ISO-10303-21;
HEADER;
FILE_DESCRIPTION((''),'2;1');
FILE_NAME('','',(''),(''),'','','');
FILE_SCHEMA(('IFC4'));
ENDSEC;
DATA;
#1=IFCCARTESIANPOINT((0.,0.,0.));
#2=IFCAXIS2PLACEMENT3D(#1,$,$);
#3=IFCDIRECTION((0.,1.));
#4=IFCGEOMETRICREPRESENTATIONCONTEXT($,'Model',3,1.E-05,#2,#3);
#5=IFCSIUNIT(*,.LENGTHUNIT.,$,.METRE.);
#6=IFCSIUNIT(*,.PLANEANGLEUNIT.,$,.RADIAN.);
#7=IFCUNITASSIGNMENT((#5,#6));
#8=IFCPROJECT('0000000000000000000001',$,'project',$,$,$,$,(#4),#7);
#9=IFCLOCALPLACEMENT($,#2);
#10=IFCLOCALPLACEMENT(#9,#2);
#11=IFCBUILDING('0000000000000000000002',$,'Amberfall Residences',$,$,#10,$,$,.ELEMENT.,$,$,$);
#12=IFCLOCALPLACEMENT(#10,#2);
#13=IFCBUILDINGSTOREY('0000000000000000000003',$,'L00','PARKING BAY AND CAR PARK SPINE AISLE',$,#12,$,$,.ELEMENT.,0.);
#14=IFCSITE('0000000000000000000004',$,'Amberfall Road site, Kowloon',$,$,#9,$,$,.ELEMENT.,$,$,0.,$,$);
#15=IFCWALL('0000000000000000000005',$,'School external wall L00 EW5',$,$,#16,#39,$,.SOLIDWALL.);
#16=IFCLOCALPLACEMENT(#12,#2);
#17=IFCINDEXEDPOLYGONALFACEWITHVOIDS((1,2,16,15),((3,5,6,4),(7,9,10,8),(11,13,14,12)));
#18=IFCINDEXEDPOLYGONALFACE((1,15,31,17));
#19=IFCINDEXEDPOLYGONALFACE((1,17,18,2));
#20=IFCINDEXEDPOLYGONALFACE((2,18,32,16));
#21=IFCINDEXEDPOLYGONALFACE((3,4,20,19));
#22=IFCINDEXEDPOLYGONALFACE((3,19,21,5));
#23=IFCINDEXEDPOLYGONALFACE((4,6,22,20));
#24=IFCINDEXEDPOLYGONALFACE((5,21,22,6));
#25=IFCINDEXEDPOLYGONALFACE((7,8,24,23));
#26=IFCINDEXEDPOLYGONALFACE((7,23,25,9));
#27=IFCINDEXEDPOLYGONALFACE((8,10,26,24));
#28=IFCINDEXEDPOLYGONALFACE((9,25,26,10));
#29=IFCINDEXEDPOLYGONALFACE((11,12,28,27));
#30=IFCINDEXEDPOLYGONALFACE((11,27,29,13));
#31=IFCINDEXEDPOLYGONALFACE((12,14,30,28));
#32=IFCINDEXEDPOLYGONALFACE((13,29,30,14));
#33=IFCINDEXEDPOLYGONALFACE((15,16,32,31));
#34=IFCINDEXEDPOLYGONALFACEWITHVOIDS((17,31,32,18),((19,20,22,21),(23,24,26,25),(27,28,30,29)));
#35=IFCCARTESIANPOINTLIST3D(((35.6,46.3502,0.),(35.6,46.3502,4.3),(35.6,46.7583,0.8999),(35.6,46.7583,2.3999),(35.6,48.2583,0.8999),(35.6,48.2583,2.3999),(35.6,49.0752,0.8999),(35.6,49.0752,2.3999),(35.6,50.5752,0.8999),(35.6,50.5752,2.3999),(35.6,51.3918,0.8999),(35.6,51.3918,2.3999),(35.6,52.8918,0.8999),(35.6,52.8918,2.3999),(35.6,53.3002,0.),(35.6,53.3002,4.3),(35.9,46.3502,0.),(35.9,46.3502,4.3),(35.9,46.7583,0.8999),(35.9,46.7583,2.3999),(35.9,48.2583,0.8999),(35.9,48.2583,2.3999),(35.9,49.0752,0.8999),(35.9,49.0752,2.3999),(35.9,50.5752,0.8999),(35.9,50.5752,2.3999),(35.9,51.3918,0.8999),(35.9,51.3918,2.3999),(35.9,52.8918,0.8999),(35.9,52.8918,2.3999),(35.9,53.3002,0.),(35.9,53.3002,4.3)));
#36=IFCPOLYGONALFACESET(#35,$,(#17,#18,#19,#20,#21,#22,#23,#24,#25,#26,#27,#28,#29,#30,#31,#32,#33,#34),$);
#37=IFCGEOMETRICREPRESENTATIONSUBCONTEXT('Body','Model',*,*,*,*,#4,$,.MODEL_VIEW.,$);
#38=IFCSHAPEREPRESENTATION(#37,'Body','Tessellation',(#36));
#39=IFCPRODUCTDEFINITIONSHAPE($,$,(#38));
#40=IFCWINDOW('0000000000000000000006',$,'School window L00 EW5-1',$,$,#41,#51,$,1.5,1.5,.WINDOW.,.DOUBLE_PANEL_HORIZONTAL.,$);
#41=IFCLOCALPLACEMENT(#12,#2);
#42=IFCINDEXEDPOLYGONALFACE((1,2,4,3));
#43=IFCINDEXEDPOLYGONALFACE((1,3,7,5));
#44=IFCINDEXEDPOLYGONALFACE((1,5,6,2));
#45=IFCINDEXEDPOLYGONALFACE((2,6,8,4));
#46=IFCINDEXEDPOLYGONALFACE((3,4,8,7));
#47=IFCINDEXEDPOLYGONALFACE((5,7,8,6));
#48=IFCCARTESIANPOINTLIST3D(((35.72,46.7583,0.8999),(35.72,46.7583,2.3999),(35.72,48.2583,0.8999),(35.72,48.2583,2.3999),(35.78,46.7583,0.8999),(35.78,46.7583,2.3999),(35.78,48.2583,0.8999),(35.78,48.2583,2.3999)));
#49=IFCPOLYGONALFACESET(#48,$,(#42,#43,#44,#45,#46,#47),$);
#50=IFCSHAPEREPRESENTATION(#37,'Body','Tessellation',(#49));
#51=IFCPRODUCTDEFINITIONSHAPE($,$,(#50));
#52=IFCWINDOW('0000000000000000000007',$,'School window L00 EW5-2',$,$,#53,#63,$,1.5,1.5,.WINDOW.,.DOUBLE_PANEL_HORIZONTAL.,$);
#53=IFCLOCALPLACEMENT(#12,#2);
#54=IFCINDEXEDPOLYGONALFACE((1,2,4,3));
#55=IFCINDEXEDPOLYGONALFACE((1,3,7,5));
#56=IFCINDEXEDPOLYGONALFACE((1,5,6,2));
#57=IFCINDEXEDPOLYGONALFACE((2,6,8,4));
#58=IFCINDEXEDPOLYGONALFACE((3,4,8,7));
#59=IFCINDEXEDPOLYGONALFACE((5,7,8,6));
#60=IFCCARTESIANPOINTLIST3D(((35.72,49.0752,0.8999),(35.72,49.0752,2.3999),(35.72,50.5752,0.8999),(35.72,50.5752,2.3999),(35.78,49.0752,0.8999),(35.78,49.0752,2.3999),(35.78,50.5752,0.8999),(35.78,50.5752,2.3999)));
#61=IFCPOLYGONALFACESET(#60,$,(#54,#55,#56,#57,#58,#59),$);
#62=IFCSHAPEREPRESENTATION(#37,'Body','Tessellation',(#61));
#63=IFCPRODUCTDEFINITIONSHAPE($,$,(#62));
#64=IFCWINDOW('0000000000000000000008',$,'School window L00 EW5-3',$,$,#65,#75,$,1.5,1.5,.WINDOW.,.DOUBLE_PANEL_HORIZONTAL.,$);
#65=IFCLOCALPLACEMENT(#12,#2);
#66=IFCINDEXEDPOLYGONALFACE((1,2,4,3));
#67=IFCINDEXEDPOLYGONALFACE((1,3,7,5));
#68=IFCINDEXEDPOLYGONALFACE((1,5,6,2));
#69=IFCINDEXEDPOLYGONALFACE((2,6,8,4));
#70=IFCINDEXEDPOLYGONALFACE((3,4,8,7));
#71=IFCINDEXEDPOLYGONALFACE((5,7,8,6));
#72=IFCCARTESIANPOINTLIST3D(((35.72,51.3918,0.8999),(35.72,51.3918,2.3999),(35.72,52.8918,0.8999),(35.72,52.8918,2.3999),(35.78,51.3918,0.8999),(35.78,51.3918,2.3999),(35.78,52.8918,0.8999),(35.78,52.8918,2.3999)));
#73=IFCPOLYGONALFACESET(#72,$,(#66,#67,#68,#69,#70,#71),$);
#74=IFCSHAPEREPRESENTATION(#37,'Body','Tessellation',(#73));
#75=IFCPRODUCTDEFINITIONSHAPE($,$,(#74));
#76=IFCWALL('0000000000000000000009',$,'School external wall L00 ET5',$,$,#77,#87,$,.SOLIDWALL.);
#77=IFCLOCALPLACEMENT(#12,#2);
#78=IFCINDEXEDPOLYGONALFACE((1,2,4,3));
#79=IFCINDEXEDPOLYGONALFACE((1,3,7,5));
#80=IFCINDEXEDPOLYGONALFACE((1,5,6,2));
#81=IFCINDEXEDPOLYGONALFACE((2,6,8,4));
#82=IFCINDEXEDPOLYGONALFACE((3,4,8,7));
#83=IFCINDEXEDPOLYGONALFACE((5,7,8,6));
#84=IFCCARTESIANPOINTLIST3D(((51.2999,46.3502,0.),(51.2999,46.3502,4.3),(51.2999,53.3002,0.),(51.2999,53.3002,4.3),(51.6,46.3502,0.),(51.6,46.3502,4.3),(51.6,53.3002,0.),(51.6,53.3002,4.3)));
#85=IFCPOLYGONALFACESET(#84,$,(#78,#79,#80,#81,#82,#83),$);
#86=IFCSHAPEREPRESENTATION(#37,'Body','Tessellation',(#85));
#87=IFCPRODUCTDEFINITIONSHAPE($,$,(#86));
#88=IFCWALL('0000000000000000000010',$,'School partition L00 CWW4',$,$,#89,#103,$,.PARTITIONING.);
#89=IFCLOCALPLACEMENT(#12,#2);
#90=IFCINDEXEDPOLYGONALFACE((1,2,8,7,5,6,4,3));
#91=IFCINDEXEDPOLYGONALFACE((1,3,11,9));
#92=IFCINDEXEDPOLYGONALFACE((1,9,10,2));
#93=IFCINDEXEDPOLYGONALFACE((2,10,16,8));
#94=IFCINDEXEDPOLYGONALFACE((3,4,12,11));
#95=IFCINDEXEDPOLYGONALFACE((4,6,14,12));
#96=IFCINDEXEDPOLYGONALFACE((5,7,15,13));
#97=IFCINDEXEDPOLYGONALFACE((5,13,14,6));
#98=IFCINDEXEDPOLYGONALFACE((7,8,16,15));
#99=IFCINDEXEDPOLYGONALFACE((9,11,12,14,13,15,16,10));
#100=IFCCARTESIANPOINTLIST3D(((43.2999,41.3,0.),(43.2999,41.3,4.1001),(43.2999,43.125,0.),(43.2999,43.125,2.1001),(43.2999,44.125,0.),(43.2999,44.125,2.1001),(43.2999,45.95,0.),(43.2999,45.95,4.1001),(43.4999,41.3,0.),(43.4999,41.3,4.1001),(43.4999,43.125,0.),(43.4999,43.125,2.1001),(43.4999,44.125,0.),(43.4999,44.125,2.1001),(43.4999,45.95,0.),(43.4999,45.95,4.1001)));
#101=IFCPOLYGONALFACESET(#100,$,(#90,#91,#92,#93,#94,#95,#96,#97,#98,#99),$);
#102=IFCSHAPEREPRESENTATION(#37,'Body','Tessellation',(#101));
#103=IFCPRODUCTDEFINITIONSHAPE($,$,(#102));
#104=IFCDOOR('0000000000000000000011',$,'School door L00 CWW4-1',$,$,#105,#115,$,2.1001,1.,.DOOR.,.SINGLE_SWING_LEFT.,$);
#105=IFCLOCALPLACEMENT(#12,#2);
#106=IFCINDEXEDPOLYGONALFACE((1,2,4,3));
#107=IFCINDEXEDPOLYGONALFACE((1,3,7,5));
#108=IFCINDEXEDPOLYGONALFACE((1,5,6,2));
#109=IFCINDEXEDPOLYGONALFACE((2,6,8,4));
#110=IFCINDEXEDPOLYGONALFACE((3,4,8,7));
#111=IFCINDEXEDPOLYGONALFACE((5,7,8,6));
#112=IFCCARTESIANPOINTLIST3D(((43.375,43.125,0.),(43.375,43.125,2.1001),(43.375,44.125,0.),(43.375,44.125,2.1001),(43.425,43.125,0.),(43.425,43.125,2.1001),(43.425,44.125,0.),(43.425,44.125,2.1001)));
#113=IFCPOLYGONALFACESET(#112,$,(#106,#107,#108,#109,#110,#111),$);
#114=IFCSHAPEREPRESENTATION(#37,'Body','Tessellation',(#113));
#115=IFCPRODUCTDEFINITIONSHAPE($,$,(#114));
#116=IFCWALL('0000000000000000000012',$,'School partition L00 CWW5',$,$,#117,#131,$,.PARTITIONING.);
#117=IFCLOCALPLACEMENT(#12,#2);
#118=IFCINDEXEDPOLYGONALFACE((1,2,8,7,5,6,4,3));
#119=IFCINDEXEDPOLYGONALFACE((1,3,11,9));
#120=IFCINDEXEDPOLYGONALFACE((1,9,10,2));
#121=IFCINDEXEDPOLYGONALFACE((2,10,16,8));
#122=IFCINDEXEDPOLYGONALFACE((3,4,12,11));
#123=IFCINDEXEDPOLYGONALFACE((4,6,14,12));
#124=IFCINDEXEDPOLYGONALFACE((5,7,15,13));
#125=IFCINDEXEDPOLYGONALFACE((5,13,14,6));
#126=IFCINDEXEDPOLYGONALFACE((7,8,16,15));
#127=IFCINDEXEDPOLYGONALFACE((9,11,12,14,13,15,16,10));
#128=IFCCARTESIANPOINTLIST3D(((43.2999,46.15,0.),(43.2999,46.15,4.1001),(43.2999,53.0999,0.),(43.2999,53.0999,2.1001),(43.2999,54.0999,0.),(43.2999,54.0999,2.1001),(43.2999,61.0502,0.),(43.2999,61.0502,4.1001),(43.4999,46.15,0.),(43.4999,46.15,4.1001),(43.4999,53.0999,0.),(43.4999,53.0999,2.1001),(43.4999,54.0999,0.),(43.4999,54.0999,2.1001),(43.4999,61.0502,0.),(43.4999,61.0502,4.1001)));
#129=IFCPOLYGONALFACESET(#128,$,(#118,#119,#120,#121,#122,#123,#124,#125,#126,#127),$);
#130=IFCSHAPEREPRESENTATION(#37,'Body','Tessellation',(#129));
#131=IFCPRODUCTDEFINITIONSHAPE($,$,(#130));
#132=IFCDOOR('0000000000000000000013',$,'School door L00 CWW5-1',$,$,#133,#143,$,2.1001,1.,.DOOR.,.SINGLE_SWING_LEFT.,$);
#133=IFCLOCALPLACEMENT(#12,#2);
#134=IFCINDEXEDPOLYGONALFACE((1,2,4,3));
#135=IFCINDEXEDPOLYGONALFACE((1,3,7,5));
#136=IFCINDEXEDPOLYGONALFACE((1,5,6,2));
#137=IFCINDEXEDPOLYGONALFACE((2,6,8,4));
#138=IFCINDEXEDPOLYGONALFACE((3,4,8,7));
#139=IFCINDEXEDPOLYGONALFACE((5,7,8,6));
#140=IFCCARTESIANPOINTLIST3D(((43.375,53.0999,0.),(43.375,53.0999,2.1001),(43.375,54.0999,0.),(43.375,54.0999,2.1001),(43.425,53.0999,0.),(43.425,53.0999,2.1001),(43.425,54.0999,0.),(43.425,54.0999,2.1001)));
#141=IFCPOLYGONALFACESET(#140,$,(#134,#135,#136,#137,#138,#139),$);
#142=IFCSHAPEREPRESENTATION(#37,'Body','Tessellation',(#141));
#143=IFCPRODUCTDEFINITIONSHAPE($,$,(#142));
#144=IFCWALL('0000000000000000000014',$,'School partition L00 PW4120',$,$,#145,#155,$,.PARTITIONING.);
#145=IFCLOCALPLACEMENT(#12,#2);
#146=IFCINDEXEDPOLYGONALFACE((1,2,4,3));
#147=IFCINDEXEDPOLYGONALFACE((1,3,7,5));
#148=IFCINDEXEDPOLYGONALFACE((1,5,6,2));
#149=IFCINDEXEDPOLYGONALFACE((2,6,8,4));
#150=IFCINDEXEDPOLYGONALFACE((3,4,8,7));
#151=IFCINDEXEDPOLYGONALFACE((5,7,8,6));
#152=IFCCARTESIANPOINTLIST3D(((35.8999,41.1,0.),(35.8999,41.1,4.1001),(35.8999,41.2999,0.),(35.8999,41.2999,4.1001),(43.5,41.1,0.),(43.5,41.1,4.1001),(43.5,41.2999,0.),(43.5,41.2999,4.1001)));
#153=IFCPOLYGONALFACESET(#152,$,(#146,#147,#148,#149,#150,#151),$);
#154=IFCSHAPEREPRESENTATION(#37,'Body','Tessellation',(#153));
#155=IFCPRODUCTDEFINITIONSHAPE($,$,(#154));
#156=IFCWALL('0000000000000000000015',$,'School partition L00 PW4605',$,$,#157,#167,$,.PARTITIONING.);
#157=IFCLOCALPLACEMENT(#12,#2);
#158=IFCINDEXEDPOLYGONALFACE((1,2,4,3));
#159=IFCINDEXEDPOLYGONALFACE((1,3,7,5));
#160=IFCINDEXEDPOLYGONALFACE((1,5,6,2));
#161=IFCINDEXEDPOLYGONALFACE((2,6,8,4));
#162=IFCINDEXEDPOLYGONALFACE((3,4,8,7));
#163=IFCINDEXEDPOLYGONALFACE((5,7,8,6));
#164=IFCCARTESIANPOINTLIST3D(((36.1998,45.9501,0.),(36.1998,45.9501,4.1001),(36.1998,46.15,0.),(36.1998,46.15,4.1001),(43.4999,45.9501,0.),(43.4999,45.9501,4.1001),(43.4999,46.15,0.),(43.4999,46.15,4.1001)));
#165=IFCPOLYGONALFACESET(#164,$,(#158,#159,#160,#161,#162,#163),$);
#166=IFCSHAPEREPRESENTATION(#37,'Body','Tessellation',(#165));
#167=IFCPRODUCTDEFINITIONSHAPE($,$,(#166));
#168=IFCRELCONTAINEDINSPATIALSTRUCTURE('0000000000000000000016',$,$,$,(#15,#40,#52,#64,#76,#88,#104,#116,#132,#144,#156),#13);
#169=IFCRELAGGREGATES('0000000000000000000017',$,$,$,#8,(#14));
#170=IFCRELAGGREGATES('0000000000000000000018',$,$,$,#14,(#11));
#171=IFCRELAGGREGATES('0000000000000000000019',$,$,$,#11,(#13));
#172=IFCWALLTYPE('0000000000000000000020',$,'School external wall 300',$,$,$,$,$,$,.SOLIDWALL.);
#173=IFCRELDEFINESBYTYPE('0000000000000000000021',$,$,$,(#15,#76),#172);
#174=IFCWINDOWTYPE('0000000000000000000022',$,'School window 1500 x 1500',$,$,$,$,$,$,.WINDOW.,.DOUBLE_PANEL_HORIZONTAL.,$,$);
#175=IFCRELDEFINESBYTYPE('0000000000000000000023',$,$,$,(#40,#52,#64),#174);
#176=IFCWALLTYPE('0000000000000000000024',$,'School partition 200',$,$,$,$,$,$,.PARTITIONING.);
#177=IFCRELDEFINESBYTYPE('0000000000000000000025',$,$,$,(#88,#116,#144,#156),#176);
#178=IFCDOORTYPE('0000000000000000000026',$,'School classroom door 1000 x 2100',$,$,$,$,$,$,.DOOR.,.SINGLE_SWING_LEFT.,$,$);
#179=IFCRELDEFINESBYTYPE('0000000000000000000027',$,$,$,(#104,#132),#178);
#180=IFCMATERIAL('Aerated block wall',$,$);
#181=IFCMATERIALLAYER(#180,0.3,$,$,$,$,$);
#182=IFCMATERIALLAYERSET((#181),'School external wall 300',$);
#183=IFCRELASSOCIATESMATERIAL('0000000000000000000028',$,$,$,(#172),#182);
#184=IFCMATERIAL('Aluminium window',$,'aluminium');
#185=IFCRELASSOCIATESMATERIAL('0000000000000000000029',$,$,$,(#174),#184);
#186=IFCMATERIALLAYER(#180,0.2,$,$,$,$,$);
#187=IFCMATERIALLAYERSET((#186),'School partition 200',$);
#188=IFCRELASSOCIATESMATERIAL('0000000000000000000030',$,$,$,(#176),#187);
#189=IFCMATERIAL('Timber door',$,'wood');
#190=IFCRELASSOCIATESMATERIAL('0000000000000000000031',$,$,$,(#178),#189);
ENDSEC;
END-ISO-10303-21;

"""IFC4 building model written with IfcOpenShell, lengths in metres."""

from ifc_helpers import new_model, si_unit, direction, frame, frame_2d, origin, place, context, subcontext, project, spatial, rectangle, extrude, material, layer, layer_set, type_object, element, fill, save


model = new_model("IFC4")

# Units and contexts
model_context = context("Model", 3, precision=1e-05, world=origin(), true_north=direction((0.0, 1.0)))
body_context = subcontext(model_context, "Body", "Model", "MODEL_VIEW")
ifc_project = project(units=[si_unit("LENGTHUNIT", "METRE"), si_unit("PLANEANGLEUNIT", "RADIAN")], contexts=[model_context])

# Site, building, storey
site_placement = place(None, origin())
site = spatial("IfcSite", under=ifc_project, at=site_placement, Name="Amberfall Road site, Kowloon", CompositionType="ELEMENT", RefElevation=0.0)
building_placement = place(site_placement, origin())
building = spatial("IfcBuilding", under=site, at=building_placement, Name="Amberfall Residences", CompositionType="ELEMENT")
storey_placement = place(building_placement, origin())
storey = spatial("IfcBuildingStorey", under=building, at=storey_placement, Name="L00", Description="PARKING BAY AND CAR PARK SPINE AISLE", CompositionType="ELEMENT", Elevation=0.0)

# Wall, openings, windows
ifc_material_1 = material(Name="Aerated block wall")
ifc_layer_1 = layer(ifc_material_1, 0.3)
ifc_layer_set_1 = layer_set([ifc_layer_1], Name="School external wall 300")
wall_type_1 = type_object("IfcWallType", Name="School external wall 300", PredefinedType="SOLIDWALL", material=ifc_layer_set_1)
wall_1_placement = place(storey_placement, frame((35.75, 46.3501, 0.0), z_axis=(0.0, 0.0, 1.0), x_axis=(0.0, 1.0, 0.0)))
wall_1 = element("IfcWall", 1, at=wall_1_placement, inside=storey, type_object=wall_type_1, Name="School external wall L00 EW5", PredefinedType="SOLIDWALL", context=body_context, shape_type="SweptSolid", body=[
    extrude(rectangle(XDim=6.95, YDim=0.3, at=frame_2d((3.4751, 0.0))), origin(), (0.0, 0.0, 1.0), 4.3),
])
opening_1_placement = place(wall_1_placement, frame((0.4082, 0.0, 0.8999)))
opening_1 = element("IfcOpeningElement", 2, at=opening_1_placement, cuts=wall_1, PredefinedType="OPENING", context=body_context, shape_type="SweptSolid", body=[
    extrude(rectangle(XDim=1.5, YDim=1.5, at=frame_2d((0.75, 0.75))), frame((0.0, 0.1599, 0.0), z_axis=(0.0, -1.0, 0.0), x_axis=(1.0, 0.0, 0.0)), (0.0, 0.0, 1.0), 0.3201),
])
opening_2_placement = place(wall_1_placement, frame((2.7251, 0.0, 0.8999)))
opening_2 = element("IfcOpeningElement", 3, at=opening_2_placement, cuts=wall_1, PredefinedType="OPENING", context=body_context, shape_type="SweptSolid", body=[
    extrude(rectangle(XDim=1.5, YDim=1.5, at=frame_2d((0.75, 0.75))), frame((0.0, 0.1599, 0.0), z_axis=(0.0, -1.0, 0.0), x_axis=(1.0, 0.0, 0.0)), (0.0, 0.0, 1.0), 0.3201),
])
opening_3_placement = place(wall_1_placement, frame((5.0417, 0.0, 0.8999)))
opening_3 = element("IfcOpeningElement", 4, at=opening_3_placement, cuts=wall_1, PredefinedType="OPENING", context=body_context, shape_type="SweptSolid", body=[
    extrude(rectangle(XDim=1.5, YDim=1.5, at=frame_2d((0.75, 0.75))), frame((0.0, 0.1599, 0.0), z_axis=(0.0, -1.0, 0.0), x_axis=(1.0, 0.0, 0.0)), (0.0, 0.0, 1.0), 0.3201),
])
ifc_material_2 = material(Name="Aluminium window", Category="aluminium")
window_type = type_object("IfcWindowType", Name="School window 1500 x 1500", PartitioningType="DOUBLE_PANEL_HORIZONTAL", PredefinedType="WINDOW", material=ifc_material_2)
window_1_placement = place(opening_1_placement, origin())
window_1 = element("IfcWindow", 5, at=window_1_placement, inside=storey, type_object=window_type, Name="School window L00 EW5-1", OverallHeight=1.5, OverallWidth=1.5, PartitioningType="DOUBLE_PANEL_HORIZONTAL", PredefinedType="WINDOW", context=body_context, shape_type="SweptSolid", body=[
    extrude(rectangle(XDim=1.5, YDim=1.5, at=frame_2d((0.75, 0.75))), frame((0.0, 0.03, 0.0), z_axis=(0.0, -1.0, 0.0), x_axis=(1.0, 0.0, 0.0)), (0.0, 0.0, 1.0), 0.0601),
])
fill(opening_1, window_1)
window_2_placement = place(opening_2_placement, origin())
window_2 = element("IfcWindow", 6, at=window_2_placement, inside=storey, type_object=window_type, Name="School window L00 EW5-2", OverallHeight=1.5, OverallWidth=1.5, PartitioningType="DOUBLE_PANEL_HORIZONTAL", PredefinedType="WINDOW", context=body_context, shape_type="SweptSolid", body=[
    extrude(rectangle(XDim=1.5, YDim=1.5, at=frame_2d((0.75, 0.75))), frame((0.0, 0.03, 0.0), z_axis=(0.0, -1.0, 0.0), x_axis=(1.0, 0.0, 0.0)), (0.0, 0.0, 1.0), 0.0601),
])
fill(opening_2, window_2)
window_3_placement = place(opening_3_placement, origin())
window_3 = element("IfcWindow", 7, at=window_3_placement, inside=storey, type_object=window_type, Name="School window L00 EW5-3", OverallHeight=1.5, OverallWidth=1.5, PartitioningType="DOUBLE_PANEL_HORIZONTAL", PredefinedType="WINDOW", context=body_context, shape_type="SweptSolid", body=[
    extrude(rectangle(XDim=1.5, YDim=1.5, at=frame_2d((0.75, 0.75))), frame((0.0, 0.03, 0.0), z_axis=(0.0, -1.0, 0.0), x_axis=(1.0, 0.0, 0.0)), (0.0, 0.0, 1.0), 0.0601),
])
fill(opening_3, window_3)

# Wall
wall_2_placement = place(storey_placement, frame((51.45, 46.3501, 0.0), z_axis=(0.0, 0.0, 1.0), x_axis=(0.0, 1.0, 0.0)))
element("IfcWall", 8, at=wall_2_placement, inside=storey, type_object=wall_type_1, Name="School external wall L00 ET5", PredefinedType="SOLIDWALL", context=body_context, shape_type="SweptSolid", body=[
    extrude(rectangle(XDim=6.95, YDim=0.3, at=frame_2d((3.4751, 0.0))), origin(), (0.0, 0.0, 1.0), 4.3),
])

# Walls, openings, doors
ifc_layer_2 = layer(ifc_material_1, 0.2)
ifc_layer_set_2 = layer_set([ifc_layer_2], Name="School partition 200")
wall_type_2 = type_object("IfcWallType", Name="School partition 200", PredefinedType="PARTITIONING", material=ifc_layer_set_2)
wall_3_placement = place(storey_placement, frame((43.3999, 41.3, 0.0), z_axis=(0.0, 0.0, 1.0), x_axis=(0.0, 1.0, 0.0)))
wall_3 = element("IfcWall", 9, at=wall_3_placement, inside=storey, type_object=wall_type_2, Name="School partition L00 CWW4", PredefinedType="PARTITIONING", context=body_context, shape_type="SweptSolid", body=[
    extrude(rectangle(XDim=4.6499, YDim=0.2, at=frame_2d((2.325, 0.0))), origin(), (0.0, 0.0, 1.0), 4.1001),
])
opening_4_placement = place(wall_3_placement, frame((1.825, 0.0, 0.0)))
opening_4 = element("IfcOpeningElement", 10, at=opening_4_placement, cuts=wall_3, PredefinedType="OPENING", context=body_context, shape_type="SweptSolid", body=[
    extrude(rectangle(XDim=1.0, YDim=2.1001, at=frame_2d((0.5, 1.05))), frame((0.0, 0.1099, 0.0), z_axis=(0.0, -1.0, 0.0), x_axis=(1.0, 0.0, 0.0)), (0.0, 0.0, 1.0), 0.22),
])
ifc_material_3 = material(Name="Timber door", Category="wood")
door_type_1 = type_object("IfcDoorType", Name="School classroom door 1000 x 2100", OperationType="SINGLE_SWING_LEFT", PredefinedType="DOOR", material=ifc_material_3)
door_1_placement = place(opening_4_placement, origin())
door_1 = element("IfcDoor", 11, at=door_1_placement, inside=storey, type_object=door_type_1, Name="School door L00 CWW4-1", OperationType="SINGLE_SWING_LEFT", OverallHeight=2.1001, OverallWidth=1.0, PredefinedType="DOOR", context=body_context, shape_type="SweptSolid", body=[
    extrude(rectangle(XDim=1.0, YDim=2.1001, at=frame_2d((0.5, 1.05))), frame((0.0, 0.0249, 0.0), z_axis=(0.0, -1.0, 0.0), x_axis=(1.0, 0.0, 0.0)), (0.0, 0.0, 1.0), 0.05),
])
fill(opening_4, door_1)
wall_4_placement = place(storey_placement, frame((43.3999, 46.1499, 0.0), z_axis=(0.0, 0.0, 1.0), x_axis=(0.0, 1.0, 0.0)))
wall_4 = element("IfcWall", 12, at=wall_4_placement, inside=storey, type_object=wall_type_2, Name="School partition L00 CWW5", PredefinedType="PARTITIONING", context=body_context, shape_type="SweptSolid", body=[
    extrude(rectangle(XDim=14.9001, YDim=0.2, at=frame_2d((7.4502, 0.0))), origin(), (0.0, 0.0, 1.0), 4.1001),
])
opening_5_placement = place(wall_4_placement, frame((6.95, 0.0, 0.0)))
opening_5 = element("IfcOpeningElement", 13, at=opening_5_placement, cuts=wall_4, PredefinedType="OPENING", context=body_context, shape_type="SweptSolid", body=[
    extrude(rectangle(XDim=1.0, YDim=2.1001, at=frame_2d((0.5, 1.05))), frame((0.0, 0.1099, 0.0), z_axis=(0.0, -1.0, 0.0), x_axis=(1.0, 0.0, 0.0)), (0.0, 0.0, 1.0), 0.22),
])
door_2_placement = place(opening_5_placement, origin())
door_2 = element("IfcDoor", 14, at=door_2_placement, inside=storey, type_object=door_type_1, Name="School door L00 CWW5-1", OperationType="SINGLE_SWING_LEFT", OverallHeight=2.1001, OverallWidth=1.0, PredefinedType="DOOR", context=body_context, shape_type="SweptSolid", body=[
    extrude(rectangle(XDim=1.0, YDim=2.1001, at=frame_2d((0.5, 1.05))), frame((0.0, 0.0249, 0.0), z_axis=(0.0, -1.0, 0.0), x_axis=(1.0, 0.0, 0.0)), (0.0, 0.0, 1.0), 0.05),
])
fill(opening_5, door_2)

# Walls
wall_5_placement = place(storey_placement, frame((35.8999, 41.2, 0.0), z_axis=(0.0, 0.0, 1.0), x_axis=(1.0, 0.0, 0.0)))
element("IfcWall", 15, at=wall_5_placement, inside=storey, type_object=wall_type_2, Name="School partition L00 PW4120", PredefinedType="PARTITIONING", context=body_context, shape_type="SweptSolid", body=[
    extrude(rectangle(XDim=7.6001, YDim=0.2, at=frame_2d((3.8, 0.0))), origin(), (0.0, 0.0, 1.0), 4.1001),
])
wall_6_placement = place(storey_placement, frame((36.2, 46.05, 0.0), z_axis=(0.0, 0.0, 1.0), x_axis=(1.0, 0.0, 0.0)))
element("IfcWall", 16, at=wall_6_placement, inside=storey, type_object=wall_type_2, Name="School partition L00 PW4605", PredefinedType="PARTITIONING", context=body_context, shape_type="SweptSolid", body=[
    extrude(rectangle(XDim=7.3, YDim=0.2, at=frame_2d((3.6499, 0.0))), origin(), (0.0, 0.0, 1.0), 4.1001),
])

save(model, "model.ifc")
